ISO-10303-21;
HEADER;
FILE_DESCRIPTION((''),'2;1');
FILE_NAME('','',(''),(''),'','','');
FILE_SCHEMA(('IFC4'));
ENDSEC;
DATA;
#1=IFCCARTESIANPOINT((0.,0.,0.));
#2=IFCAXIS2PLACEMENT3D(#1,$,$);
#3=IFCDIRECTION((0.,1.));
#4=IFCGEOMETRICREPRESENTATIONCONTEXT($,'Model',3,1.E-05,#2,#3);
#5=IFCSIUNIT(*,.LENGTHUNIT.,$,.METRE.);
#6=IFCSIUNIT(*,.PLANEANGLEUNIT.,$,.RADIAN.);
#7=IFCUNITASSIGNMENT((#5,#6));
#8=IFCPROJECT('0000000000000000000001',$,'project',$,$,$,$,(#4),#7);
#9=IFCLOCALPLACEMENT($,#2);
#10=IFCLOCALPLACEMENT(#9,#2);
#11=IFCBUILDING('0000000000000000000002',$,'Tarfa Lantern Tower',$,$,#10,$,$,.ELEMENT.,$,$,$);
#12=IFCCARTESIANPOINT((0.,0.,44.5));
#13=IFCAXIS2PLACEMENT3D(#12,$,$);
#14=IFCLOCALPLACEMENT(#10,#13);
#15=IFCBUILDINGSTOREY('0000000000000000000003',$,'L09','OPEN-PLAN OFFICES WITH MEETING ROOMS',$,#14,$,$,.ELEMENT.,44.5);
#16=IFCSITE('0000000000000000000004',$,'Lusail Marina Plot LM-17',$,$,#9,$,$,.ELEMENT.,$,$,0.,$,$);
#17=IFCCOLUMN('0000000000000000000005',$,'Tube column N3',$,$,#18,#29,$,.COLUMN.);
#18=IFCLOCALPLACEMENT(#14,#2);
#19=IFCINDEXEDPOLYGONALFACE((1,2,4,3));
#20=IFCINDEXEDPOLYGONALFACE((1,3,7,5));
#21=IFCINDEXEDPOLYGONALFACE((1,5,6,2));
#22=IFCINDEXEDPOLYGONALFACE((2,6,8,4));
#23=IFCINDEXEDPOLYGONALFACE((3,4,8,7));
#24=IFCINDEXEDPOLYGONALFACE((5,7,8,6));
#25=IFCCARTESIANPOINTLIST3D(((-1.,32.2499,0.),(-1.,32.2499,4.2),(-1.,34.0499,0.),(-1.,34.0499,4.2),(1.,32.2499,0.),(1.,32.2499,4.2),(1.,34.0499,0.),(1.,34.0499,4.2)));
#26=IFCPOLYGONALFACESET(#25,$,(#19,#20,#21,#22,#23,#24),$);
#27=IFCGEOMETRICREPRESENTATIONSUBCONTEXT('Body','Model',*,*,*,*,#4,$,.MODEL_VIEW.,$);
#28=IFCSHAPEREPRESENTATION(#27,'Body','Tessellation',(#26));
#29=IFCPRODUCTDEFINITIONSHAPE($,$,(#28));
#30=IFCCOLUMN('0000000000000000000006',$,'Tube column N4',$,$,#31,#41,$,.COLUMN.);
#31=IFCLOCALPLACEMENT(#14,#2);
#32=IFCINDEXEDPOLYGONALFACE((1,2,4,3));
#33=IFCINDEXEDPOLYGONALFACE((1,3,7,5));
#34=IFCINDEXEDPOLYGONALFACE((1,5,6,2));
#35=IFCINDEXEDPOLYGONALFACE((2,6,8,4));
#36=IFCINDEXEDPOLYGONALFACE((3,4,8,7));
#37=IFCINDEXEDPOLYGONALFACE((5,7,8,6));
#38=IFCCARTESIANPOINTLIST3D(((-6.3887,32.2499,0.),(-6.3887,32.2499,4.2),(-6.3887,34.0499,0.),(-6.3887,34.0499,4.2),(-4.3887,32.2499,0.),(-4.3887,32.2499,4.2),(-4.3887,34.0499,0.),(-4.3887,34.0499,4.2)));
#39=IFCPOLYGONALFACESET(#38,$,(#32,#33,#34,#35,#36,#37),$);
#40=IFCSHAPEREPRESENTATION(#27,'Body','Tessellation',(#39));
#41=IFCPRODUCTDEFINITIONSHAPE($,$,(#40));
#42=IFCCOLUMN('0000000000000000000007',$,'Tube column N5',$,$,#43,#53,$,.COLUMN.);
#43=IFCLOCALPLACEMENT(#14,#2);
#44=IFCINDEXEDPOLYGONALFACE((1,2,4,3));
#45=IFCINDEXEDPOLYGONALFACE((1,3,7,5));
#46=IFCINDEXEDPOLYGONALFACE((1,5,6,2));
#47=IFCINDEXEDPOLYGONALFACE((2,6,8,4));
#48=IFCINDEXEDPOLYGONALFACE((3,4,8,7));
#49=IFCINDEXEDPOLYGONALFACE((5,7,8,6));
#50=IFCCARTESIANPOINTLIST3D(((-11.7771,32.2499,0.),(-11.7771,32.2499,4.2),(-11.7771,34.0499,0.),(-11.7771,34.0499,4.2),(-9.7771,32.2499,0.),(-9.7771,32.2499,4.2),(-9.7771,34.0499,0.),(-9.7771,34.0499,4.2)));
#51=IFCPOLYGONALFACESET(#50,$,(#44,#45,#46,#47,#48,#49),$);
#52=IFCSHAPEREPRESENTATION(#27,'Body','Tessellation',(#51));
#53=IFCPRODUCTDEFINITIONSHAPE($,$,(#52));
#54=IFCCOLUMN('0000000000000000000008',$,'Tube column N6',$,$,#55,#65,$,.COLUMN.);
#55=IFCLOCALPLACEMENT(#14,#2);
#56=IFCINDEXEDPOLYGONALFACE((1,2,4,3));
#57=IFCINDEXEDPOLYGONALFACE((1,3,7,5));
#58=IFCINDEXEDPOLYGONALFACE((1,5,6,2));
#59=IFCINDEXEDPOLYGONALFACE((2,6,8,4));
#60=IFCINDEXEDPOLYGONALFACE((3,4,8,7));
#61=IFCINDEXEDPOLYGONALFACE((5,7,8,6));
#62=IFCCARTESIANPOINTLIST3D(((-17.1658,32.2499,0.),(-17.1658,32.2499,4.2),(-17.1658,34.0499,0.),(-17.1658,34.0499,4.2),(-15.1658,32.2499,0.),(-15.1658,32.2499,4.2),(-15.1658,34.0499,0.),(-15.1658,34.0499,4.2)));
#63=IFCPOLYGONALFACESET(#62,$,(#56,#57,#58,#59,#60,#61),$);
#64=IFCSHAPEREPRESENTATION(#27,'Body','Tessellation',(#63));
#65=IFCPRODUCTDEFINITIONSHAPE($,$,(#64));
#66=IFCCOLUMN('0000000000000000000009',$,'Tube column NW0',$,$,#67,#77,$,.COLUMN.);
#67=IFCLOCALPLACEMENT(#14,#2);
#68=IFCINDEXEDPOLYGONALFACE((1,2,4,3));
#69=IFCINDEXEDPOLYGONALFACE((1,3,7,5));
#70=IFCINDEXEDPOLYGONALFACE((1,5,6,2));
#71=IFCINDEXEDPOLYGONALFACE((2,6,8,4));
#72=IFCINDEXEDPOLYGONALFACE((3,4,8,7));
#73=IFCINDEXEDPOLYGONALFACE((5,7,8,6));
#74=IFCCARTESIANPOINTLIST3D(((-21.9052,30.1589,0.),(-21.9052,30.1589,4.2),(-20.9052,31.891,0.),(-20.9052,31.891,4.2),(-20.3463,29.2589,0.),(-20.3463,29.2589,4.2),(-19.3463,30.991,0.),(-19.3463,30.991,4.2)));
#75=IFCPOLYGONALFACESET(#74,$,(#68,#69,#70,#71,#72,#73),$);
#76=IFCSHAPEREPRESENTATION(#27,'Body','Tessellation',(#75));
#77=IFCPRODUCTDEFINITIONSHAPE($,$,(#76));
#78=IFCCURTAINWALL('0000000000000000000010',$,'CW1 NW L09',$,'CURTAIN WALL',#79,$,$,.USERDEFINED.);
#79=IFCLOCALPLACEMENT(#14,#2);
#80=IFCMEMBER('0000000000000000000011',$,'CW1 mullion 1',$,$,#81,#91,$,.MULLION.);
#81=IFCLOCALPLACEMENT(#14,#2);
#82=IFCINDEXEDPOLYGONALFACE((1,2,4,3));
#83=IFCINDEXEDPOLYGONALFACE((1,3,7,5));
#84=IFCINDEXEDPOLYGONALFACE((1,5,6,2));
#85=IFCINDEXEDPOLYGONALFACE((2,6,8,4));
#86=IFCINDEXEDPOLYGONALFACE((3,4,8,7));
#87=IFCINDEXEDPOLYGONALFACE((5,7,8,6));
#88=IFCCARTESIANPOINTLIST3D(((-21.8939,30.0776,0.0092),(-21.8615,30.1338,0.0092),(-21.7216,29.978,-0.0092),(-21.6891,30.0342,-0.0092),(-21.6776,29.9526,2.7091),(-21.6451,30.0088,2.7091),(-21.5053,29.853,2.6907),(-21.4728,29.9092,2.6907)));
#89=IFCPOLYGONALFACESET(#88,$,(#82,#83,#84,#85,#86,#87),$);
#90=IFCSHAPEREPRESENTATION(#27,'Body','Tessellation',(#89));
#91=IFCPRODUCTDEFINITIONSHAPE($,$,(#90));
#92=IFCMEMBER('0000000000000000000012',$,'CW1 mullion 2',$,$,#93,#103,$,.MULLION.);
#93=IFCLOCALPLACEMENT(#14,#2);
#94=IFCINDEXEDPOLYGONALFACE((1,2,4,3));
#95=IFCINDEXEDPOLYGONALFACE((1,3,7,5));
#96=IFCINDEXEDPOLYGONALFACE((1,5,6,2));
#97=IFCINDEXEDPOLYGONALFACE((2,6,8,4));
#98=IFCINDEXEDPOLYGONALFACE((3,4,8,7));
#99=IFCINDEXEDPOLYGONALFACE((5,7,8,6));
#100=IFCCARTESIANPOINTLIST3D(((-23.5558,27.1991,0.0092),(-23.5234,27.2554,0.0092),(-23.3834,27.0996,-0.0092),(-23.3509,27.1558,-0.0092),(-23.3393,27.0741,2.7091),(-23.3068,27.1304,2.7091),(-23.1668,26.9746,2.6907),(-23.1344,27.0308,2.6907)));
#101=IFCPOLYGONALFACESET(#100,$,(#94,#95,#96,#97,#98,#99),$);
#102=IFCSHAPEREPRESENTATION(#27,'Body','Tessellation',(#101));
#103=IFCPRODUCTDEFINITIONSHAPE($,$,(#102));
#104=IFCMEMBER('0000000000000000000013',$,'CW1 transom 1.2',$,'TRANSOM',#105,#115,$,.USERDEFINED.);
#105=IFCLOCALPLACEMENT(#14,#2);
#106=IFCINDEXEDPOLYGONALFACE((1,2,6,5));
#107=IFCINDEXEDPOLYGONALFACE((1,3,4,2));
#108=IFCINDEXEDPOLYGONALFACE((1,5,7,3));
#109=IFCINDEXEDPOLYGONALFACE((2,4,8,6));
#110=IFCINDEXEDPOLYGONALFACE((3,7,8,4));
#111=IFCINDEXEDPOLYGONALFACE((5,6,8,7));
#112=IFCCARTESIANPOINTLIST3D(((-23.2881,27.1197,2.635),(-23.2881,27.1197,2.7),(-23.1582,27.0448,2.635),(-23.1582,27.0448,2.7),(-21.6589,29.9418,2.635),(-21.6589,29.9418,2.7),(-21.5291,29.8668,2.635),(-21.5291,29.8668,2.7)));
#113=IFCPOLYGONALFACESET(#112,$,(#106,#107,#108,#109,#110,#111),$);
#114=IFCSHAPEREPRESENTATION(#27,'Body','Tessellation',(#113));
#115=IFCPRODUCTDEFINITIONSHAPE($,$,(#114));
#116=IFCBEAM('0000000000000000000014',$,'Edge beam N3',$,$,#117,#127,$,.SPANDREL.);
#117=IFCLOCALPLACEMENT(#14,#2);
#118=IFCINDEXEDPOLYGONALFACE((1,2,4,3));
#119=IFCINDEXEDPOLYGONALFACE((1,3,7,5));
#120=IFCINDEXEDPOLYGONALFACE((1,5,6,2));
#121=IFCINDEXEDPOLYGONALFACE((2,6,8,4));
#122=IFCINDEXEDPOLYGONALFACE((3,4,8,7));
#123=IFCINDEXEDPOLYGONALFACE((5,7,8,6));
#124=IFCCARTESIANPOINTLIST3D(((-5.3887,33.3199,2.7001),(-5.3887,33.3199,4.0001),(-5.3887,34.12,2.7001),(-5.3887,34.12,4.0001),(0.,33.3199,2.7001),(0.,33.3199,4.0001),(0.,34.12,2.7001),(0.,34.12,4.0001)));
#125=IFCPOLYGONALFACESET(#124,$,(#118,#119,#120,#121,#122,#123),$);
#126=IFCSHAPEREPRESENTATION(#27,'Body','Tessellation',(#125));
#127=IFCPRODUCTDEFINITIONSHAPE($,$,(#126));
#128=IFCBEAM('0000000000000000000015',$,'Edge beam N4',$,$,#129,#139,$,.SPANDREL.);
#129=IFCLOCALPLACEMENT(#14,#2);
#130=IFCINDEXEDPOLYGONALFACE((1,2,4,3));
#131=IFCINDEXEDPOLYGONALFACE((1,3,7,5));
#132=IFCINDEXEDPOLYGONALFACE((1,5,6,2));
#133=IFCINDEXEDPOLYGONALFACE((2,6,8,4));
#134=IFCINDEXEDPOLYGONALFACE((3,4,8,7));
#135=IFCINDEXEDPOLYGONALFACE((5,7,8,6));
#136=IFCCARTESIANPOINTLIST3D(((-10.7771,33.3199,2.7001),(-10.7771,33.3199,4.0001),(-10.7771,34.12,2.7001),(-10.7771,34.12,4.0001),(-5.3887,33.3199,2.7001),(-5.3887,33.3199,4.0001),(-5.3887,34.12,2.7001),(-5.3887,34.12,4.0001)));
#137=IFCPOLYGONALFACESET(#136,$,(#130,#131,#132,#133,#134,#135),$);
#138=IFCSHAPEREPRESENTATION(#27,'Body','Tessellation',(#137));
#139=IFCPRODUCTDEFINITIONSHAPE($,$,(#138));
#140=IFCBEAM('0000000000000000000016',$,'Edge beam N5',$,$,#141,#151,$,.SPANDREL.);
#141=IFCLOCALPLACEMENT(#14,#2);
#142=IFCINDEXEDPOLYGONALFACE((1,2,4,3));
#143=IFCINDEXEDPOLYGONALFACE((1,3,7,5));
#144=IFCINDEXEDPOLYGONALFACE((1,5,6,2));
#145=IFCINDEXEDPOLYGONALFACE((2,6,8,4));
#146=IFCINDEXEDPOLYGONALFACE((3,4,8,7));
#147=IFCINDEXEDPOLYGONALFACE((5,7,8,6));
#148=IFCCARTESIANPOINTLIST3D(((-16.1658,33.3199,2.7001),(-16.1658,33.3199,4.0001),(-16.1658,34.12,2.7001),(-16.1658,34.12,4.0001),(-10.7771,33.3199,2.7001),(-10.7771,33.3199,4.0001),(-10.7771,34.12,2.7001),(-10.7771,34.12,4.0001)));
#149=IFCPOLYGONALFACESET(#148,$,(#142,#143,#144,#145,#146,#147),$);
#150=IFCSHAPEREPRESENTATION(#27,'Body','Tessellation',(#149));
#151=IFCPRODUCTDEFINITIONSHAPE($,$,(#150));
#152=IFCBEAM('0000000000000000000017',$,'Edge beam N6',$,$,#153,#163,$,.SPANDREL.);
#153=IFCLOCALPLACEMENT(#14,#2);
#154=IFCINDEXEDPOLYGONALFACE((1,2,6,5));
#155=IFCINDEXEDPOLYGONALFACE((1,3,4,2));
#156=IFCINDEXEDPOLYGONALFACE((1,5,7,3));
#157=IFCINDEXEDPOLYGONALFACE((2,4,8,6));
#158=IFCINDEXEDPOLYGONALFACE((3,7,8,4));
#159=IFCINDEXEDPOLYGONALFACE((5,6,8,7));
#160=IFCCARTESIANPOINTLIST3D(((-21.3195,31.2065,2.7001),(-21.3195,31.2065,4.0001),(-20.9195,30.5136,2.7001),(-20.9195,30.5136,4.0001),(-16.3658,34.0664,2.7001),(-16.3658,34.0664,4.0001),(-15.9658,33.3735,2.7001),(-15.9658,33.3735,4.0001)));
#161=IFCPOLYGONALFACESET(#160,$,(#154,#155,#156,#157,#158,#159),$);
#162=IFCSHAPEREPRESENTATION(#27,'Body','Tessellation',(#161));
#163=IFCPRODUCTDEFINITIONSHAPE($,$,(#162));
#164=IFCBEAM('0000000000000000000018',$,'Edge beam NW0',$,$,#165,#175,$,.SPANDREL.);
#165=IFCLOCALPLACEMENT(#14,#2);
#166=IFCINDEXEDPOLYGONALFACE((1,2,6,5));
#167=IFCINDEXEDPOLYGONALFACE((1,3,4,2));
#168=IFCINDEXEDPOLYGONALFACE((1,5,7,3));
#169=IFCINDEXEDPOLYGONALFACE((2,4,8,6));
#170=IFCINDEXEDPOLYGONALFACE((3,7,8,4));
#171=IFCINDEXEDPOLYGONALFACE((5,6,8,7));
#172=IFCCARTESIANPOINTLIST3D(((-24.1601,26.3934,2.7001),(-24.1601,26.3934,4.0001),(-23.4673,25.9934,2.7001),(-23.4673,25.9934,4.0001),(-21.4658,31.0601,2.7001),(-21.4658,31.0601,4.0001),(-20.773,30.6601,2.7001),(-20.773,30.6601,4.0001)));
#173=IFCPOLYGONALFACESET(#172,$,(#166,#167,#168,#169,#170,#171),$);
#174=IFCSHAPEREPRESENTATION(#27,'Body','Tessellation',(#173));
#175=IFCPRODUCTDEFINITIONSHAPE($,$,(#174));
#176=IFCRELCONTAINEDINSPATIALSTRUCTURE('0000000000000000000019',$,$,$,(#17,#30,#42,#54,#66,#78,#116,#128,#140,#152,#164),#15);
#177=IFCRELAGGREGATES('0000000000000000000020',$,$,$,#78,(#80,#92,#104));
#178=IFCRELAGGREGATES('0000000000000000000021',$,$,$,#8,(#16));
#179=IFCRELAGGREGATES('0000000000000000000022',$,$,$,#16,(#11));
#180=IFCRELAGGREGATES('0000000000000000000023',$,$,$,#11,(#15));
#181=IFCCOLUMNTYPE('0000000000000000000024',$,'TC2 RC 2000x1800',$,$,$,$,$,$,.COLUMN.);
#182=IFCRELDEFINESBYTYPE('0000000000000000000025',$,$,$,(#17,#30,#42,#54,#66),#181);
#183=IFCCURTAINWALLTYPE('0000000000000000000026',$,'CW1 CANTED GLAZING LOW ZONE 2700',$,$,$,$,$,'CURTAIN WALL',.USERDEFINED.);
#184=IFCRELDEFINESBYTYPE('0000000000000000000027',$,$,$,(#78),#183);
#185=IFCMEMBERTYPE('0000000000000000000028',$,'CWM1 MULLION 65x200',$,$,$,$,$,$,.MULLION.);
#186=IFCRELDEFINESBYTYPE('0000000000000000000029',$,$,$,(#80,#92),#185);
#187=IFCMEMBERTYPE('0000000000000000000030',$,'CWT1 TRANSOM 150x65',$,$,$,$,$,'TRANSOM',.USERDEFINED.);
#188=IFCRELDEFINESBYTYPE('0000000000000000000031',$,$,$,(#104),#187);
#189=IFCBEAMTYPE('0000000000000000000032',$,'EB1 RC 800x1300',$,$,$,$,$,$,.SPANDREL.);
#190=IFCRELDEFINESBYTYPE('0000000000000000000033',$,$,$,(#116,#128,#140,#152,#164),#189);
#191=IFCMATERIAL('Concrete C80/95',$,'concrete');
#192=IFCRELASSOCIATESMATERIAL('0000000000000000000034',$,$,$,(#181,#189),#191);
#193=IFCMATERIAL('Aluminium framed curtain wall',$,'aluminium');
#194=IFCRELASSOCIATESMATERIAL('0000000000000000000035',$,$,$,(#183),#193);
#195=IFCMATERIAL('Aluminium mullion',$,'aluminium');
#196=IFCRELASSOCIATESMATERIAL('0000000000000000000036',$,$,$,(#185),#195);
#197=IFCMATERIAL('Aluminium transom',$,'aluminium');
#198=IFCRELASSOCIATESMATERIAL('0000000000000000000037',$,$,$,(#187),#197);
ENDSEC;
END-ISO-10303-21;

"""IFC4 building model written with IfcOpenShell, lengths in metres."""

from ifc_helpers import new_model, si_unit, direction, frame, origin, origin_2d, place, context, subcontext, project, spatial, rectangle, extrude, material, material_profile, profile_set, type_object, element, aggregate, save


model = new_model("IFC4")

# Units and contexts
model_context = context("Model", 3, precision=1e-05, world=origin(), true_north=direction((0.0, 1.0)))
body_context = subcontext(model_context, "Body", "Model", "MODEL_VIEW")
ifc_project = project(units=[si_unit("LENGTHUNIT", "METRE"), si_unit("PLANEANGLEUNIT", "RADIAN")], contexts=[model_context])

# Site, building, storey
site_placement = place(None, origin())
site = spatial("IfcSite", under=ifc_project, at=site_placement, Name="Lusail Marina Plot LM-17", CompositionType="ELEMENT", RefElevation=0.0)
building_placement = place(site_placement, origin())
building = spatial("IfcBuilding", under=site, at=building_placement, Name="Tarfa Lantern Tower", CompositionType="ELEMENT")
storey_placement = place(building_placement, frame((0.0, 0.0, 44.5)))
storey = spatial("IfcBuildingStorey", under=building, at=storey_placement, Name="L09", Description="OPEN-PLAN OFFICES WITH MEETING ROOMS", CompositionType="ELEMENT", Elevation=44.5)

# Columns
ifc_material_1 = material(Name="Concrete C80/95", Category="concrete")
ifc_material_profile_1 = material_profile(ifc_material_1, rectangle(XDim=2.0, YDim=1.8, at=origin_2d()), Name="RC 2000x1800")
ifc_profile_set_1 = profile_set([ifc_material_profile_1], Name="Concrete C80/95")
column_type = type_object("IfcColumnType", Name="TC2 RC 2000x1800", PredefinedType="COLUMN", material=ifc_profile_set_1)
for number, where, z_axis, x_axis, name in (
    (1, (0.0, 33.1499, 0.0), (0.0, 0.0, 1.0), (-1.0, 0.0, 0.0), "Tube column N3"),
    (2, (-5.3887, 33.1499, 0.0), (0.0, 0.0, 1.0), (-1.0, 0.0, 0.0), "Tube column N4"),
    (3, (-10.7771, 33.1499, 0.0), (0.0, 0.0, 1.0), (-1.0, 0.0, 0.0), "Tube column N5"),
    (4, (-16.1658, 33.1499, 0.0), (0.0, 0.0, 1.0), (-1.0, 0.0, 0.0), "Tube column N6"),
    (5, (-20.6257, 30.575, 0.0), (0.0, 0.0, 1.0), (-0.5, -0.866025, 0.0), "Tube column NW0"),
):
    element("IfcColumn", number, at=place(storey_placement, frame(where, z_axis=z_axis, x_axis=x_axis)), inside=storey, type_object=column_type, Name=name, PredefinedType="COLUMN", context=body_context, shape_type="SweptSolid", body=[
        extrude(rectangle(XDim=2.0, YDim=1.8, at=origin_2d()), origin(), (0.0, 0.0, 1.0), 4.2),
    ])

# Curtain wall, members
ifc_material_2 = material(Name="Aluminium framed curtain wall", Category="aluminium")
curtain_wall_type = type_object("IfcCurtainWallType", Name="CW1 CANTED GLAZING LOW ZONE 2700", ElementType="CURTAIN WALL", PredefinedType="USERDEFINED", material=ifc_material_2)
curtain_wall_placement = place(storey_placement, origin())
curtain_wall = element("IfcCurtainWall", 6, at=curtain_wall_placement, inside=storey, type_object=curtain_wall_type, Name="CW1 NW L09", ObjectType="CURTAIN WALL", PredefinedType="USERDEFINED")
ifc_material_3 = material(Name="Aluminium mullion", Category="aluminium")
ifc_material_profile_2 = material_profile(ifc_material_3, rectangle(XDim=0.0649, YDim=0.2, at=origin_2d()), Name="AL MULLION 65x200")
ifc_profile_set_2 = profile_set([ifc_material_profile_2], Name="Aluminium mullion")
member_type_1 = type_object("IfcMemberType", Name="CWM1 MULLION 65x200", PredefinedType="MULLION", material=ifc_profile_set_2)
member_1_placement = place(storey_placement, frame((-21.7915, 30.0559, 0.0), z_axis=(0.079775, -0.0461, 0.995746), x_axis=(0.500343, 0.865827, 0.0)))
member_1 = element("IfcMember", 7, at=member_1_placement, type_object=member_type_1, Name="CW1 mullion 1", PredefinedType="MULLION", context=body_context, shape_type="SweptSolid", body=[
    extrude(rectangle(XDim=0.0649, YDim=0.2, at=origin_2d()), origin(), (0.0, 0.0, 1.0), 2.7114),
])
member_2_placement = place(storey_placement, frame((-23.4534, 27.1775, 0.0), z_axis=(0.079864, -0.0461, 0.995739), x_axis=(0.49992, 0.866072, 0.0)))
member_2 = element("IfcMember", 8, at=member_2_placement, type_object=member_type_1, Name="CW1 mullion 2", PredefinedType="MULLION", context=body_context, shape_type="SweptSolid", body=[
    extrude(rectangle(XDim=0.0649, YDim=0.2, at=origin_2d()), origin(), (0.0, 0.0, 1.0), 2.7114),
])
ifc_material_4 = material(Name="Aluminium transom", Category="aluminium")
ifc_material_profile_3 = material_profile(ifc_material_4, rectangle(XDim=0.1499, YDim=0.0649, at=origin_2d()), Name="AL TRANSOM 150x65")
ifc_profile_set_3 = profile_set([ifc_material_profile_3], Name="Aluminium transom")
member_type_2 = type_object("IfcMemberType", Name="CWT1 TRANSOM 150x65", ElementType="TRANSOM", PredefinedType="USERDEFINED", material=ifc_profile_set_3)
member_3_placement = place(storey_placement, frame((-21.594, 29.9043, 2.6675), z_axis=(-0.499967, -0.866045, 0.0), x_axis=(0.866045, -0.499967, 0.0)))
member_3 = element("IfcMember", 9, at=member_3_placement, type_object=member_type_2, Name="CW1 transom 1.2", ObjectType="TRANSOM", PredefinedType="USERDEFINED", context=body_context, shape_type="SweptSolid", body=[
    extrude(rectangle(XDim=0.1499, YDim=0.0649, at=origin_2d()), origin(), (0.0, 0.0, 1.0), 3.2585),
])

# Beams
ifc_material_profile_4 = material_profile(ifc_material_1, rectangle(XDim=0.8, YDim=1.3, at=origin_2d()), Name="RC 800x1300")
ifc_profile_set_4 = profile_set([ifc_material_profile_4], Name="Concrete C80/95")
beam_type_1 = type_object("IfcBeamType", Name="EB1 RC 800x1300", PredefinedType="SPANDREL", material=ifc_profile_set_4)
beam_1_placement = place(storey_placement, frame((0.0, 33.72, 3.3501), z_axis=(-1.0, 0.0, 0.0), x_axis=(0.0, -1.0, 0.0)))
element("IfcBeam", 10, at=beam_1_placement, inside=storey, type_object=beam_type_1, Name="Edge beam N3", PredefinedType="SPANDREL", context=body_context, shape_type="SweptSolid", body=[
    extrude(rectangle(XDim=0.8, YDim=1.3, at=origin_2d()), origin(), (0.0, 0.0, 1.0), 5.3887),
])
beam_2_placement = place(storey_placement, frame((-5.3887, 33.72, 3.3501), z_axis=(-1.0, 0.0, 0.0), x_axis=(0.0, -1.0, 0.0)))
element("IfcBeam", 11, at=beam_2_placement, inside=storey, type_object=beam_type_1, Name="Edge beam N4", PredefinedType="SPANDREL", context=body_context, shape_type="SweptSolid", body=[
    extrude(rectangle(XDim=0.8, YDim=1.3, at=origin_2d()), origin(), (0.0, 0.0, 1.0), 5.3884),
])
beam_3_placement = place(storey_placement, frame((-10.7771, 33.72, 3.3501), z_axis=(-1.0, 0.0, 0.0), x_axis=(0.0, -1.0, 0.0)))
element("IfcBeam", 12, at=beam_3_placement, inside=storey, type_object=beam_type_1, Name="Edge beam N5", PredefinedType="SPANDREL", context=body_context, shape_type="SweptSolid", body=[
    extrude(rectangle(XDim=0.8, YDim=1.3, at=origin_2d()), origin(), (0.0, 0.0, 1.0), 5.3887),
])
beam_4_placement = place(storey_placement, frame((-16.1658, 33.72, 3.3501), z_axis=(-0.866033, -0.499986, 0.0), x_axis=(0.499986, -0.866033, 0.0)))
element("IfcBeam", 13, at=beam_4_placement, inside=storey, type_object=beam_type_1, Name="Edge beam N6", PredefinedType="SPANDREL", context=body_context, shape_type="SweptSolid", body=[
    extrude(rectangle(XDim=0.8, YDim=1.3, at=origin_2d()), origin(), (0.0, 0.0, 1.0), 5.72),
])
beam_5_placement = place(storey_placement, frame((-21.1194, 30.8601, 3.3501), z_axis=(-0.499998, -0.866026, 0.0), x_axis=(0.866026, -0.499998, 0.0)))
element("IfcBeam", 14, at=beam_5_placement, inside=storey, type_object=beam_type_1, Name="Edge beam NW0", PredefinedType="SPANDREL", context=body_context, shape_type="SweptSolid", body=[
    extrude(rectangle(XDim=0.8, YDim=1.3, at=origin_2d()), origin(), (0.0, 0.0, 1.0), 5.3887),
])

aggregate(curtain_wall, [member_1, member_2, member_3])

save(model, "model.ifc")
